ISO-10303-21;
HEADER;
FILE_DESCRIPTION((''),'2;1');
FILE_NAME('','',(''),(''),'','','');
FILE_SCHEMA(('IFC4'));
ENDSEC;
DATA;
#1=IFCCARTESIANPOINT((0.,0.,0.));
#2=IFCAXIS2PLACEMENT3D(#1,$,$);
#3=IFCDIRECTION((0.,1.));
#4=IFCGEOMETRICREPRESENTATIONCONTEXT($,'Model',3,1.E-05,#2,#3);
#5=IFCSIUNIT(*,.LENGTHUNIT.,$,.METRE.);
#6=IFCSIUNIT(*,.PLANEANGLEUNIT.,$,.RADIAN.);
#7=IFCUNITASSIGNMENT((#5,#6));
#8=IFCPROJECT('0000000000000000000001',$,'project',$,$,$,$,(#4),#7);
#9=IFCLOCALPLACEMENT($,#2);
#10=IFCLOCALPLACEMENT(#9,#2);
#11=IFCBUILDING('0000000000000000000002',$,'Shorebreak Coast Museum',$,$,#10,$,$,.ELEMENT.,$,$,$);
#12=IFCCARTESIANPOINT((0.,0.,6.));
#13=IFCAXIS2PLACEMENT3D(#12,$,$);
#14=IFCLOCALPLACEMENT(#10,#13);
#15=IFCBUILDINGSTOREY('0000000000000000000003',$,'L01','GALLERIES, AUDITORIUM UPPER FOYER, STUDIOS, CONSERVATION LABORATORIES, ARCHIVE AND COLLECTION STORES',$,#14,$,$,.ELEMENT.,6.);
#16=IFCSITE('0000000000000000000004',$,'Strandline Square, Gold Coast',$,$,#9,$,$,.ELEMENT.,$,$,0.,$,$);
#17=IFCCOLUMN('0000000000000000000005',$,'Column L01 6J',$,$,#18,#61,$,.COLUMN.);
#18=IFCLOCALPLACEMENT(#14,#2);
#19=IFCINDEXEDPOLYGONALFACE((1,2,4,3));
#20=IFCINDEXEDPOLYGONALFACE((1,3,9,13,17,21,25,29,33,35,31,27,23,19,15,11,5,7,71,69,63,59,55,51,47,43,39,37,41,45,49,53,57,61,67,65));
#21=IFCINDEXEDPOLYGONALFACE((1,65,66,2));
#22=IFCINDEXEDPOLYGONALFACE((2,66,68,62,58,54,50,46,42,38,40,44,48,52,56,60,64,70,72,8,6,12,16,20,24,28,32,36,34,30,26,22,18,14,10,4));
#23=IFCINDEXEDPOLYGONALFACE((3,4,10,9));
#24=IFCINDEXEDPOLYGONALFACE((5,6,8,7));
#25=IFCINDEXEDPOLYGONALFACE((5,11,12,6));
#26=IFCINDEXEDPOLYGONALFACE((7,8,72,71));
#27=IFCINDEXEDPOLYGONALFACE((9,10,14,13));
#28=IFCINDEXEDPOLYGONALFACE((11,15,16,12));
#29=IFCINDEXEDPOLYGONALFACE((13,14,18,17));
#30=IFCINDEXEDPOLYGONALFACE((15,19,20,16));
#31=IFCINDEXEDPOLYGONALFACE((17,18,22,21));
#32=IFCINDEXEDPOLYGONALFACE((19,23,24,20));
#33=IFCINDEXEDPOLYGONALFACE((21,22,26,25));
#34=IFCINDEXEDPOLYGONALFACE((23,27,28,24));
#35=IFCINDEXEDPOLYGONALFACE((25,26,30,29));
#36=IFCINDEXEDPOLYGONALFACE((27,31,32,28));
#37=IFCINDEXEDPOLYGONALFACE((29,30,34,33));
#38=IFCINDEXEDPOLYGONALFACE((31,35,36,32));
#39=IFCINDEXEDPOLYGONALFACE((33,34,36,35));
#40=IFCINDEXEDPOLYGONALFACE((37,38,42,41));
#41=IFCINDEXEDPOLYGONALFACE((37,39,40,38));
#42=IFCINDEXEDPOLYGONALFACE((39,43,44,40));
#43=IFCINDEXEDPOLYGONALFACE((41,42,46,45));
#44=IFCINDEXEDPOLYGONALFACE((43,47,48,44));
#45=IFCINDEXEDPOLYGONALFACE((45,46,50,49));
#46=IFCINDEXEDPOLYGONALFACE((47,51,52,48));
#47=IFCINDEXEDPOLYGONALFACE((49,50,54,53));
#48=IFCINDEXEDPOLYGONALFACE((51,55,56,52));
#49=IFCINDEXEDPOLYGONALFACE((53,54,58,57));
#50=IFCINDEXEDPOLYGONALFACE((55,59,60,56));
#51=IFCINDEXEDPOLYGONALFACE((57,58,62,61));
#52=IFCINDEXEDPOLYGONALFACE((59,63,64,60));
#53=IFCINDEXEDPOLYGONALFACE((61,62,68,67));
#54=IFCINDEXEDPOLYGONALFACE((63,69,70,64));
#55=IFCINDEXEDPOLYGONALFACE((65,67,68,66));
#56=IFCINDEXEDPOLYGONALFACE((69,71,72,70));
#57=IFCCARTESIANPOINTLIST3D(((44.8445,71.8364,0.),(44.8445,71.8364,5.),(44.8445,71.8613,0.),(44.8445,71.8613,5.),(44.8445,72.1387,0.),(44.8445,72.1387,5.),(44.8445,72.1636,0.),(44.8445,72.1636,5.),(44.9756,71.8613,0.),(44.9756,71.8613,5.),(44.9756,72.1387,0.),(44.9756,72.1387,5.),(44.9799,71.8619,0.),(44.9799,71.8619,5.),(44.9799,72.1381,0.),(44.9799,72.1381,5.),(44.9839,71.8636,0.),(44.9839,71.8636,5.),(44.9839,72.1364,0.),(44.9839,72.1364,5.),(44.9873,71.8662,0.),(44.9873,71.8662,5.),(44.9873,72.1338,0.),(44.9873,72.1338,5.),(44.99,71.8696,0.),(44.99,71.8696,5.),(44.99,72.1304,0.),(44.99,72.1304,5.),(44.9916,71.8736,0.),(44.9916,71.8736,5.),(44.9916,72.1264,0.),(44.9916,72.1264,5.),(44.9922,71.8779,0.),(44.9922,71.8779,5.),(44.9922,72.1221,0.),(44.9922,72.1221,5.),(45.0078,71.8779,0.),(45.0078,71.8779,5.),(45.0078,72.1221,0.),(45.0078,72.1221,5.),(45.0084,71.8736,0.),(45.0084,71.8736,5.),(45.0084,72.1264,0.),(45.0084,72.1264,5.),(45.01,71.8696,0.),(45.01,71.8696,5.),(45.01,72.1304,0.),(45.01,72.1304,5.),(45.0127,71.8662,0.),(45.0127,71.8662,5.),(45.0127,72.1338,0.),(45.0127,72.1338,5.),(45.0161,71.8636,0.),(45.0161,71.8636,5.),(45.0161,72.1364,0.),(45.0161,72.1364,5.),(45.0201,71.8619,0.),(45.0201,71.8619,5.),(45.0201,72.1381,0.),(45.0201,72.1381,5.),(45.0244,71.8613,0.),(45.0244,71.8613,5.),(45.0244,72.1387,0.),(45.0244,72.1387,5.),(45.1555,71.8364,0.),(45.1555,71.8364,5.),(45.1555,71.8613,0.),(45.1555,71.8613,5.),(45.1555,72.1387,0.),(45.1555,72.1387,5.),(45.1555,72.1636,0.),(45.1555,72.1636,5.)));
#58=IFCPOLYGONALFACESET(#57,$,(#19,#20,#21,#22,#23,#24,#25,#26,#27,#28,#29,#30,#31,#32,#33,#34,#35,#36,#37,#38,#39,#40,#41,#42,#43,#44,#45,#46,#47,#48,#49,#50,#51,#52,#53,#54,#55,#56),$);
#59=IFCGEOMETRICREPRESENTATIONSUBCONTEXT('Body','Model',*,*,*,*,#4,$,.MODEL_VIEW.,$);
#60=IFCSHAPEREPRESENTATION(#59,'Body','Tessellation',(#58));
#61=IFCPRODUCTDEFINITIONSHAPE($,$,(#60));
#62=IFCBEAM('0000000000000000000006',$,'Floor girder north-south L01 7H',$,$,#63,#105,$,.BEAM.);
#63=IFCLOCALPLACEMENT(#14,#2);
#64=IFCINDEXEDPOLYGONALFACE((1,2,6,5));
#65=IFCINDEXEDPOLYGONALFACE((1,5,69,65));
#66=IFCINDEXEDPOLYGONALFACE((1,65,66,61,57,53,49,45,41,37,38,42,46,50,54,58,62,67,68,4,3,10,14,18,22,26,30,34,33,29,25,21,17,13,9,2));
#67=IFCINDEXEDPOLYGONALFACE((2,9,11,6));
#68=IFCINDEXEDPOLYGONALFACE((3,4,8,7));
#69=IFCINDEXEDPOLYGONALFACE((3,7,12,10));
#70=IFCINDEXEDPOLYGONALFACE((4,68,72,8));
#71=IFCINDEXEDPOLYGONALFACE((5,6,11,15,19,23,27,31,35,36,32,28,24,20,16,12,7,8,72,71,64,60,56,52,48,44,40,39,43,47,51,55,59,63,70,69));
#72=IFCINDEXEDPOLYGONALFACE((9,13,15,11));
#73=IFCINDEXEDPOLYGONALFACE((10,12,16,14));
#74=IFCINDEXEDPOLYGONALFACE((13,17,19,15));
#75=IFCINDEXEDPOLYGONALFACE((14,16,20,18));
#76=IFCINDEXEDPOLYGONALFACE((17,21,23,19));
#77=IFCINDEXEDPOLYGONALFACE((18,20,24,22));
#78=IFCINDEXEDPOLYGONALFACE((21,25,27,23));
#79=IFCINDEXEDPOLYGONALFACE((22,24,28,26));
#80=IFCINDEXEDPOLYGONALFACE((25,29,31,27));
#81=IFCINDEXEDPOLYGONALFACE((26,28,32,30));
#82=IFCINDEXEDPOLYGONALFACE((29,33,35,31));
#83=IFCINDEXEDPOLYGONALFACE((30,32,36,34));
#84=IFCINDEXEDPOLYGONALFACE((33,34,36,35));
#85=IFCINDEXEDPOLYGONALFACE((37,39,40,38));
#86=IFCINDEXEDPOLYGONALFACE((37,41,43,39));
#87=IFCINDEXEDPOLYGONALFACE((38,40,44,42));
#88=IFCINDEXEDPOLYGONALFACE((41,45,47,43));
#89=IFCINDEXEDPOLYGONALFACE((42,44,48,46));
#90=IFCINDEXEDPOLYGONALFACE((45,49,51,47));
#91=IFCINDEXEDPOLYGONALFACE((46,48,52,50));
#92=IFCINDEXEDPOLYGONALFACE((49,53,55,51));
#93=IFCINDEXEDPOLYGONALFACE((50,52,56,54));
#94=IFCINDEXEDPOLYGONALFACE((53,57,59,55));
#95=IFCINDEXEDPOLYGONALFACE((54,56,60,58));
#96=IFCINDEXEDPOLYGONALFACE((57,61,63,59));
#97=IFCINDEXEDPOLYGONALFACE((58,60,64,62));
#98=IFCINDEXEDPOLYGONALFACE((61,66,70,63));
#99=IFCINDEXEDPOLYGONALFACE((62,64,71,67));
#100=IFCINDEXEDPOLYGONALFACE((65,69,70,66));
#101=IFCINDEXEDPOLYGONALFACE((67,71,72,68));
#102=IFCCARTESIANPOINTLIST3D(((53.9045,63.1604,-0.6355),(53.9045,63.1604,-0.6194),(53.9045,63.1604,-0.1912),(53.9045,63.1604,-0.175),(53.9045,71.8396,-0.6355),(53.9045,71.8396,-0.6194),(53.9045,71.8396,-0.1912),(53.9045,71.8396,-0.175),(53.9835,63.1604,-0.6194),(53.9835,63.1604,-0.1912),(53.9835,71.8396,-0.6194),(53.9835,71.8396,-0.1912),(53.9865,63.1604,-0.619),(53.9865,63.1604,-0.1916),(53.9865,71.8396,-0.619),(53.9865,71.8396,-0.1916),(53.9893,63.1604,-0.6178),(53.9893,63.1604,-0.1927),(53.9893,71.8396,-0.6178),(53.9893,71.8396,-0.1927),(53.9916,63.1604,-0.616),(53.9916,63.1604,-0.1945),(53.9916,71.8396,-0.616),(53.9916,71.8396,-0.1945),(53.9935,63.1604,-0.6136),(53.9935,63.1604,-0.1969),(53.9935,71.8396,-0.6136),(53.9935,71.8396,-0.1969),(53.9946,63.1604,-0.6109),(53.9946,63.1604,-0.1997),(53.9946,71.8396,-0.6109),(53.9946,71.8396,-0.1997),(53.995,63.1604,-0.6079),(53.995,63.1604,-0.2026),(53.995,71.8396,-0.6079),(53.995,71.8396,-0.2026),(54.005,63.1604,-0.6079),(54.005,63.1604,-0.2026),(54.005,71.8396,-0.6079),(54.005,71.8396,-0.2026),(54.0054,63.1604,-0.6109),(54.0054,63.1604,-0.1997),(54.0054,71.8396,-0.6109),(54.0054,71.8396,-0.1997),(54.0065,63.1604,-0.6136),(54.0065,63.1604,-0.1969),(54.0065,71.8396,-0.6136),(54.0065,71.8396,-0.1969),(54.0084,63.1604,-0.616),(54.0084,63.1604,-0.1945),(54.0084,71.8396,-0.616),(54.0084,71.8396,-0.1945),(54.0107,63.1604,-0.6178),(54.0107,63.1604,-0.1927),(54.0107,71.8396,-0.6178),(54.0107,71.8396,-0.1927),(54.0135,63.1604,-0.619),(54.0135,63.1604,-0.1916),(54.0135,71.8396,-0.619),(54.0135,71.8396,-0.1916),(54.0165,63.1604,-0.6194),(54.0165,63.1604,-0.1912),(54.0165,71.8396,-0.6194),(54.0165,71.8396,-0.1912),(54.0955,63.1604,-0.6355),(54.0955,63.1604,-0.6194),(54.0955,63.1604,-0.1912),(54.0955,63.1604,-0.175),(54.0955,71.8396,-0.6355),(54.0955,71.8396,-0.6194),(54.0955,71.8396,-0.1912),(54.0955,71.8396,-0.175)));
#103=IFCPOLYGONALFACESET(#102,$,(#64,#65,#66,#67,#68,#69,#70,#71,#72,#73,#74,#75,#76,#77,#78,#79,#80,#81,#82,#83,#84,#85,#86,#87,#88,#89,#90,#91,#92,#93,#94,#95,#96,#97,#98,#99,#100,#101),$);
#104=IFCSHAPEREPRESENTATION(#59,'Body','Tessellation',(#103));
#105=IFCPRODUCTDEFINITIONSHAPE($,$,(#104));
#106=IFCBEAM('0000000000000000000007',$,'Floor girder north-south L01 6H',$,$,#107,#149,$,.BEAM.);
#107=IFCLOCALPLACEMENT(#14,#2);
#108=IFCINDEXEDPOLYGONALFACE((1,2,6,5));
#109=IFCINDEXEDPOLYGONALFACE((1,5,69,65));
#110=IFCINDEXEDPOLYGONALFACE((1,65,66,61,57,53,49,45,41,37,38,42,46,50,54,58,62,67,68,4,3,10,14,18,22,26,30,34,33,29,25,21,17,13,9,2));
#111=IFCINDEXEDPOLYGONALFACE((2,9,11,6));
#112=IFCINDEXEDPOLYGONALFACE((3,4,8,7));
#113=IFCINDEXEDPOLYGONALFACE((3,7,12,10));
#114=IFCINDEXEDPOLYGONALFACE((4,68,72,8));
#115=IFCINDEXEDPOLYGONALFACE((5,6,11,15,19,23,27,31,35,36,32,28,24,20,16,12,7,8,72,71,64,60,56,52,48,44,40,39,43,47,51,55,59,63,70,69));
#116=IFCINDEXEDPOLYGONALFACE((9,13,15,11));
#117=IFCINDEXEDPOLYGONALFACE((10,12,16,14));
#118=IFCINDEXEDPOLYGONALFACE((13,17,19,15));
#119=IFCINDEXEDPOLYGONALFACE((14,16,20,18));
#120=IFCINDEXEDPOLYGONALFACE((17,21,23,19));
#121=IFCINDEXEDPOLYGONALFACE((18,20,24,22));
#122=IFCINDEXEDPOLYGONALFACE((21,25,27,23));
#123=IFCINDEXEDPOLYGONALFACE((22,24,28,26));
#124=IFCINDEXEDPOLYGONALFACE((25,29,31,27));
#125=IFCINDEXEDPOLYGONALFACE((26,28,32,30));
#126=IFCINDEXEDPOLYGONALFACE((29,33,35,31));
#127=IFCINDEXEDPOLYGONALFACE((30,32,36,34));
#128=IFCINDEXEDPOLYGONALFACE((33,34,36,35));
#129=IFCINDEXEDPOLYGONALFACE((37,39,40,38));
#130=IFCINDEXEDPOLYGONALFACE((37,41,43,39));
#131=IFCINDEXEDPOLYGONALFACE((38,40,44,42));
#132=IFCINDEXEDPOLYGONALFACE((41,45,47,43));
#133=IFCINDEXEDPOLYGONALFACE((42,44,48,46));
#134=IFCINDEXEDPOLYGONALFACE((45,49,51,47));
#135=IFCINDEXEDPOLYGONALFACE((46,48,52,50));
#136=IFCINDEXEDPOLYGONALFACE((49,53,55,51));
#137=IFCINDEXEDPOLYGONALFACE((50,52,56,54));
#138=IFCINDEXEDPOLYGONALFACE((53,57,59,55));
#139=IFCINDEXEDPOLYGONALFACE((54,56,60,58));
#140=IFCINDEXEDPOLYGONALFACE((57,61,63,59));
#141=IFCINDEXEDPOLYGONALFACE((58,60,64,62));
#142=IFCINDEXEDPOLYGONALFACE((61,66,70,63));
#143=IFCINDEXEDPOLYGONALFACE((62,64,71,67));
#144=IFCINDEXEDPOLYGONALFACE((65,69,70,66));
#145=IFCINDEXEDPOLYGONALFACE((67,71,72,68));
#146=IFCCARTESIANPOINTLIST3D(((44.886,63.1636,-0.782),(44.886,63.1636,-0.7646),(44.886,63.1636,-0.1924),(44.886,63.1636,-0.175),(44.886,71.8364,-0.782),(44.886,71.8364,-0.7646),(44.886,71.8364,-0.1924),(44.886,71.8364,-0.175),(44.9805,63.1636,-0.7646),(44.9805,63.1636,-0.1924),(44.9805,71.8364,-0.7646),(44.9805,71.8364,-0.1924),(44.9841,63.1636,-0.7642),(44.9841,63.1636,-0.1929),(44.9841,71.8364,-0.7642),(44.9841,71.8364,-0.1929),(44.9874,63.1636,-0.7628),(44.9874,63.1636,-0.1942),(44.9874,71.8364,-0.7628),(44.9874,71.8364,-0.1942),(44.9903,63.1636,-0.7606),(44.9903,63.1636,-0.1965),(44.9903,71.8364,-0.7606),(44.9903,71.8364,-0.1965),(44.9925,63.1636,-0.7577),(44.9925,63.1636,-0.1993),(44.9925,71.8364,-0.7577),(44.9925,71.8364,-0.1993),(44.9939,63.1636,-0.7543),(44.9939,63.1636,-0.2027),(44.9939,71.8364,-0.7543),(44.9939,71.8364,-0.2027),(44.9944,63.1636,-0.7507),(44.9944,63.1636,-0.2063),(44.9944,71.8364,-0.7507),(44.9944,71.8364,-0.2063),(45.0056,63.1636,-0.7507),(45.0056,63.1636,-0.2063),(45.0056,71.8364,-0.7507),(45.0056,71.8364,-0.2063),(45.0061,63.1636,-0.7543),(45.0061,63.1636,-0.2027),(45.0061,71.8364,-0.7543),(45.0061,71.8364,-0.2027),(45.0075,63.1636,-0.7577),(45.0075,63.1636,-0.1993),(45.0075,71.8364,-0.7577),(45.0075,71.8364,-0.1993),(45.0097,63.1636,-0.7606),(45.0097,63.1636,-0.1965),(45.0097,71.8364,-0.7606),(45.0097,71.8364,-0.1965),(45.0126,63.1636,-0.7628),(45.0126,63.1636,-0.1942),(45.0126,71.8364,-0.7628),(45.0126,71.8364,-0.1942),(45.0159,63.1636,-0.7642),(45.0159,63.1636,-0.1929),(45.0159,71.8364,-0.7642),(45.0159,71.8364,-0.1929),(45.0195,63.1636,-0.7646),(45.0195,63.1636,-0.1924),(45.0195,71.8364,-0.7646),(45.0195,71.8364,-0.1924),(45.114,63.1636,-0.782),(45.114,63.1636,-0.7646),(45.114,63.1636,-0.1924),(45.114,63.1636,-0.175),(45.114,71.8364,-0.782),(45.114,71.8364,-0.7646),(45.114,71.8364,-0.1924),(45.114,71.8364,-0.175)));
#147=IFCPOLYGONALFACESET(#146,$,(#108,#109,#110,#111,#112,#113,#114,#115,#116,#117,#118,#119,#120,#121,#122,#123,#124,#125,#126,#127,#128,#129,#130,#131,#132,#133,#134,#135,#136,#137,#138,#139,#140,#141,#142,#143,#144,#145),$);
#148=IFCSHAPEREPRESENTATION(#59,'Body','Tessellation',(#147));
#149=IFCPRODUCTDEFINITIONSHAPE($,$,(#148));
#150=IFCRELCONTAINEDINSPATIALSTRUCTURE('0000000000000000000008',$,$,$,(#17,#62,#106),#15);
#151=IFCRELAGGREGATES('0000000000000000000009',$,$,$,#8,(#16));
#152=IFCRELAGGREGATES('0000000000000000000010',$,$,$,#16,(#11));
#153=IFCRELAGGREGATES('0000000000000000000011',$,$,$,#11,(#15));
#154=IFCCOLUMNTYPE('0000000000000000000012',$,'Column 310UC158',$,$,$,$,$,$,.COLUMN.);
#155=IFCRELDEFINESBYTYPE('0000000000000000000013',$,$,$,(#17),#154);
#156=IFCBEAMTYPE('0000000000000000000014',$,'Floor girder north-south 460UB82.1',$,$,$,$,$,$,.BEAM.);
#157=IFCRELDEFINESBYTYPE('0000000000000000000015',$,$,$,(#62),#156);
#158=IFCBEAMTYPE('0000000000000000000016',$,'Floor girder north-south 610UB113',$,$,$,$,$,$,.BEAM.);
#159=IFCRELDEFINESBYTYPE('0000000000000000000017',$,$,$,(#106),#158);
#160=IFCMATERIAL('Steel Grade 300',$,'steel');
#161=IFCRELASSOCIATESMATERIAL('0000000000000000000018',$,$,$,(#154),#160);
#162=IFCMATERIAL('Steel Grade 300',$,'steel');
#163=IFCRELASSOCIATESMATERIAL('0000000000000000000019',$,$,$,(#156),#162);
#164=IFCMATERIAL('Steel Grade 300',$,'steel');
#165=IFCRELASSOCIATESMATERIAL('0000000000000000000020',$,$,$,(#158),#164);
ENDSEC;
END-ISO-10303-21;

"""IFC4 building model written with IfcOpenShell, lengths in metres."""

from ifc_helpers import new_model, si_unit, direction, frame, origin, origin_2d, place, context, subcontext, project, spatial, i_section, extrude, material, material_profile, profile_set, type_object, element, save


model = new_model("IFC4")

# Units and contexts
model_context = context("Model", 3, precision=1e-05, world=origin(), true_north=direction((0.0, 1.0)))
body_context = subcontext(model_context, "Body", "Model", "MODEL_VIEW")
ifc_project = project(units=[si_unit("LENGTHUNIT", "METRE"), si_unit("PLANEANGLEUNIT", "RADIAN")], contexts=[model_context])

# Site, building, storey
site_placement = place(None, origin())
site = spatial("IfcSite", under=ifc_project, at=site_placement, Name="Strandline Square, Gold Coast", CompositionType="ELEMENT", RefElevation=0.0)
building_placement = place(site_placement, origin())
building = spatial("IfcBuilding", under=site, at=building_placement, Name="Shorebreak Coast Museum", CompositionType="ELEMENT")
storey_placement = place(building_placement, frame((0.0, 0.0, 6.0)))
storey = spatial("IfcBuildingStorey", under=building, at=storey_placement, Name="L01", Description="GALLERIES, AUDITORIUM UPPER FOYER, STUDIOS, CONSERVATION LABORATORIES, ARCHIVE AND COLLECTION STORES", CompositionType="ELEMENT", Elevation=6.0)

# Column
ifc_material_1 = material(Name="Steel Grade 300", Category="steel")
ifc_material_profile_1 = material_profile(ifc_material_1, i_section(OverallWidth=0.311, OverallDepth=0.3271, WebThickness=0.0156, FlangeThickness=0.0249, FilletRadius=0.0166, at=origin_2d()), Name="310UC158")
ifc_profile_set_1 = profile_set([ifc_material_profile_1], Name="Steel Grade 300")
column_type = type_object("IfcColumnType", Name="Column 310UC158", PredefinedType="COLUMN", material=ifc_profile_set_1)
column_placement = place(storey_placement, frame((45.0, 72.0, 0.0), z_axis=(0.0, 0.0, 1.0), x_axis=(1.0, 0.0, 0.0)))
element("IfcColumn", 1, at=column_placement, inside=storey, type_object=column_type, Name="Column L01 6J", PredefinedType="COLUMN", context=body_context, shape_type="SweptSolid", body=[
    extrude(i_section(OverallWidth=0.311, OverallDepth=0.3271, WebThickness=0.0156, FlangeThickness=0.0249, FilletRadius=0.0166, at=origin_2d()), origin(), (0.0, 0.0, 1.0), 5.0),
])

# Beams
ifc_material_2 = material(Name="Steel Grade 300", Category="steel")
ifc_material_profile_2 = material_profile(ifc_material_2, i_section(OverallWidth=0.1909, OverallDepth=0.4604, WebThickness=0.01, FlangeThickness=0.0161, FilletRadius=0.0115, at=origin_2d()), Name="460UB82.1")
ifc_profile_set_2 = profile_set([ifc_material_profile_2], Name="Steel Grade 300")
beam_type_1 = type_object("IfcBeamType", Name="Floor girder north-south 460UB82.1", PredefinedType="BEAM", material=ifc_profile_set_2)
beam_1_placement = place(storey_placement, frame((54.0, 63.1604, -0.4053), z_axis=(0.0, 1.0, 0.0), x_axis=(-1.0, 0.0, 0.0)))
element("IfcBeam", 2, at=beam_1_placement, inside=storey, type_object=beam_type_1, Name="Floor girder north-south L01 7H", PredefinedType="BEAM", context=body_context, shape_type="SweptSolid", body=[
    extrude(i_section(OverallWidth=0.1909, OverallDepth=0.4604, WebThickness=0.01, FlangeThickness=0.0161, FilletRadius=0.0115, at=origin_2d()), origin(), (0.0, 0.0, 1.0), 8.6792),
])
ifc_material_3 = material(Name="Steel Grade 300", Category="steel")
ifc_material_profile_3 = material_profile(ifc_material_3, i_section(OverallWidth=0.228, OverallDepth=0.6069, WebThickness=0.0112, FlangeThickness=0.0173, FilletRadius=0.0139, at=origin_2d()), Name="610UB113")
ifc_profile_set_3 = profile_set([ifc_material_profile_3], Name="Steel Grade 300")
beam_type_2 = type_object("IfcBeamType", Name="Floor girder north-south 610UB113", PredefinedType="BEAM", material=ifc_profile_set_3)
beam_2_placement = place(storey_placement, frame((45.0, 63.1636, -0.4785), z_axis=(0.0, 1.0, 0.0), x_axis=(-1.0, 0.0, 0.0)))
element("IfcBeam", 3, at=beam_2_placement, inside=storey, type_object=beam_type_2, Name="Floor girder north-south L01 6H", PredefinedType="BEAM", context=body_context, shape_type="SweptSolid", body=[
    extrude(i_section(OverallWidth=0.228, OverallDepth=0.6069, WebThickness=0.0112, FlangeThickness=0.0173, FilletRadius=0.0139, at=origin_2d()), origin(), (0.0, 0.0, 1.0), 8.6729),
])

save(model, "model.ifc")
